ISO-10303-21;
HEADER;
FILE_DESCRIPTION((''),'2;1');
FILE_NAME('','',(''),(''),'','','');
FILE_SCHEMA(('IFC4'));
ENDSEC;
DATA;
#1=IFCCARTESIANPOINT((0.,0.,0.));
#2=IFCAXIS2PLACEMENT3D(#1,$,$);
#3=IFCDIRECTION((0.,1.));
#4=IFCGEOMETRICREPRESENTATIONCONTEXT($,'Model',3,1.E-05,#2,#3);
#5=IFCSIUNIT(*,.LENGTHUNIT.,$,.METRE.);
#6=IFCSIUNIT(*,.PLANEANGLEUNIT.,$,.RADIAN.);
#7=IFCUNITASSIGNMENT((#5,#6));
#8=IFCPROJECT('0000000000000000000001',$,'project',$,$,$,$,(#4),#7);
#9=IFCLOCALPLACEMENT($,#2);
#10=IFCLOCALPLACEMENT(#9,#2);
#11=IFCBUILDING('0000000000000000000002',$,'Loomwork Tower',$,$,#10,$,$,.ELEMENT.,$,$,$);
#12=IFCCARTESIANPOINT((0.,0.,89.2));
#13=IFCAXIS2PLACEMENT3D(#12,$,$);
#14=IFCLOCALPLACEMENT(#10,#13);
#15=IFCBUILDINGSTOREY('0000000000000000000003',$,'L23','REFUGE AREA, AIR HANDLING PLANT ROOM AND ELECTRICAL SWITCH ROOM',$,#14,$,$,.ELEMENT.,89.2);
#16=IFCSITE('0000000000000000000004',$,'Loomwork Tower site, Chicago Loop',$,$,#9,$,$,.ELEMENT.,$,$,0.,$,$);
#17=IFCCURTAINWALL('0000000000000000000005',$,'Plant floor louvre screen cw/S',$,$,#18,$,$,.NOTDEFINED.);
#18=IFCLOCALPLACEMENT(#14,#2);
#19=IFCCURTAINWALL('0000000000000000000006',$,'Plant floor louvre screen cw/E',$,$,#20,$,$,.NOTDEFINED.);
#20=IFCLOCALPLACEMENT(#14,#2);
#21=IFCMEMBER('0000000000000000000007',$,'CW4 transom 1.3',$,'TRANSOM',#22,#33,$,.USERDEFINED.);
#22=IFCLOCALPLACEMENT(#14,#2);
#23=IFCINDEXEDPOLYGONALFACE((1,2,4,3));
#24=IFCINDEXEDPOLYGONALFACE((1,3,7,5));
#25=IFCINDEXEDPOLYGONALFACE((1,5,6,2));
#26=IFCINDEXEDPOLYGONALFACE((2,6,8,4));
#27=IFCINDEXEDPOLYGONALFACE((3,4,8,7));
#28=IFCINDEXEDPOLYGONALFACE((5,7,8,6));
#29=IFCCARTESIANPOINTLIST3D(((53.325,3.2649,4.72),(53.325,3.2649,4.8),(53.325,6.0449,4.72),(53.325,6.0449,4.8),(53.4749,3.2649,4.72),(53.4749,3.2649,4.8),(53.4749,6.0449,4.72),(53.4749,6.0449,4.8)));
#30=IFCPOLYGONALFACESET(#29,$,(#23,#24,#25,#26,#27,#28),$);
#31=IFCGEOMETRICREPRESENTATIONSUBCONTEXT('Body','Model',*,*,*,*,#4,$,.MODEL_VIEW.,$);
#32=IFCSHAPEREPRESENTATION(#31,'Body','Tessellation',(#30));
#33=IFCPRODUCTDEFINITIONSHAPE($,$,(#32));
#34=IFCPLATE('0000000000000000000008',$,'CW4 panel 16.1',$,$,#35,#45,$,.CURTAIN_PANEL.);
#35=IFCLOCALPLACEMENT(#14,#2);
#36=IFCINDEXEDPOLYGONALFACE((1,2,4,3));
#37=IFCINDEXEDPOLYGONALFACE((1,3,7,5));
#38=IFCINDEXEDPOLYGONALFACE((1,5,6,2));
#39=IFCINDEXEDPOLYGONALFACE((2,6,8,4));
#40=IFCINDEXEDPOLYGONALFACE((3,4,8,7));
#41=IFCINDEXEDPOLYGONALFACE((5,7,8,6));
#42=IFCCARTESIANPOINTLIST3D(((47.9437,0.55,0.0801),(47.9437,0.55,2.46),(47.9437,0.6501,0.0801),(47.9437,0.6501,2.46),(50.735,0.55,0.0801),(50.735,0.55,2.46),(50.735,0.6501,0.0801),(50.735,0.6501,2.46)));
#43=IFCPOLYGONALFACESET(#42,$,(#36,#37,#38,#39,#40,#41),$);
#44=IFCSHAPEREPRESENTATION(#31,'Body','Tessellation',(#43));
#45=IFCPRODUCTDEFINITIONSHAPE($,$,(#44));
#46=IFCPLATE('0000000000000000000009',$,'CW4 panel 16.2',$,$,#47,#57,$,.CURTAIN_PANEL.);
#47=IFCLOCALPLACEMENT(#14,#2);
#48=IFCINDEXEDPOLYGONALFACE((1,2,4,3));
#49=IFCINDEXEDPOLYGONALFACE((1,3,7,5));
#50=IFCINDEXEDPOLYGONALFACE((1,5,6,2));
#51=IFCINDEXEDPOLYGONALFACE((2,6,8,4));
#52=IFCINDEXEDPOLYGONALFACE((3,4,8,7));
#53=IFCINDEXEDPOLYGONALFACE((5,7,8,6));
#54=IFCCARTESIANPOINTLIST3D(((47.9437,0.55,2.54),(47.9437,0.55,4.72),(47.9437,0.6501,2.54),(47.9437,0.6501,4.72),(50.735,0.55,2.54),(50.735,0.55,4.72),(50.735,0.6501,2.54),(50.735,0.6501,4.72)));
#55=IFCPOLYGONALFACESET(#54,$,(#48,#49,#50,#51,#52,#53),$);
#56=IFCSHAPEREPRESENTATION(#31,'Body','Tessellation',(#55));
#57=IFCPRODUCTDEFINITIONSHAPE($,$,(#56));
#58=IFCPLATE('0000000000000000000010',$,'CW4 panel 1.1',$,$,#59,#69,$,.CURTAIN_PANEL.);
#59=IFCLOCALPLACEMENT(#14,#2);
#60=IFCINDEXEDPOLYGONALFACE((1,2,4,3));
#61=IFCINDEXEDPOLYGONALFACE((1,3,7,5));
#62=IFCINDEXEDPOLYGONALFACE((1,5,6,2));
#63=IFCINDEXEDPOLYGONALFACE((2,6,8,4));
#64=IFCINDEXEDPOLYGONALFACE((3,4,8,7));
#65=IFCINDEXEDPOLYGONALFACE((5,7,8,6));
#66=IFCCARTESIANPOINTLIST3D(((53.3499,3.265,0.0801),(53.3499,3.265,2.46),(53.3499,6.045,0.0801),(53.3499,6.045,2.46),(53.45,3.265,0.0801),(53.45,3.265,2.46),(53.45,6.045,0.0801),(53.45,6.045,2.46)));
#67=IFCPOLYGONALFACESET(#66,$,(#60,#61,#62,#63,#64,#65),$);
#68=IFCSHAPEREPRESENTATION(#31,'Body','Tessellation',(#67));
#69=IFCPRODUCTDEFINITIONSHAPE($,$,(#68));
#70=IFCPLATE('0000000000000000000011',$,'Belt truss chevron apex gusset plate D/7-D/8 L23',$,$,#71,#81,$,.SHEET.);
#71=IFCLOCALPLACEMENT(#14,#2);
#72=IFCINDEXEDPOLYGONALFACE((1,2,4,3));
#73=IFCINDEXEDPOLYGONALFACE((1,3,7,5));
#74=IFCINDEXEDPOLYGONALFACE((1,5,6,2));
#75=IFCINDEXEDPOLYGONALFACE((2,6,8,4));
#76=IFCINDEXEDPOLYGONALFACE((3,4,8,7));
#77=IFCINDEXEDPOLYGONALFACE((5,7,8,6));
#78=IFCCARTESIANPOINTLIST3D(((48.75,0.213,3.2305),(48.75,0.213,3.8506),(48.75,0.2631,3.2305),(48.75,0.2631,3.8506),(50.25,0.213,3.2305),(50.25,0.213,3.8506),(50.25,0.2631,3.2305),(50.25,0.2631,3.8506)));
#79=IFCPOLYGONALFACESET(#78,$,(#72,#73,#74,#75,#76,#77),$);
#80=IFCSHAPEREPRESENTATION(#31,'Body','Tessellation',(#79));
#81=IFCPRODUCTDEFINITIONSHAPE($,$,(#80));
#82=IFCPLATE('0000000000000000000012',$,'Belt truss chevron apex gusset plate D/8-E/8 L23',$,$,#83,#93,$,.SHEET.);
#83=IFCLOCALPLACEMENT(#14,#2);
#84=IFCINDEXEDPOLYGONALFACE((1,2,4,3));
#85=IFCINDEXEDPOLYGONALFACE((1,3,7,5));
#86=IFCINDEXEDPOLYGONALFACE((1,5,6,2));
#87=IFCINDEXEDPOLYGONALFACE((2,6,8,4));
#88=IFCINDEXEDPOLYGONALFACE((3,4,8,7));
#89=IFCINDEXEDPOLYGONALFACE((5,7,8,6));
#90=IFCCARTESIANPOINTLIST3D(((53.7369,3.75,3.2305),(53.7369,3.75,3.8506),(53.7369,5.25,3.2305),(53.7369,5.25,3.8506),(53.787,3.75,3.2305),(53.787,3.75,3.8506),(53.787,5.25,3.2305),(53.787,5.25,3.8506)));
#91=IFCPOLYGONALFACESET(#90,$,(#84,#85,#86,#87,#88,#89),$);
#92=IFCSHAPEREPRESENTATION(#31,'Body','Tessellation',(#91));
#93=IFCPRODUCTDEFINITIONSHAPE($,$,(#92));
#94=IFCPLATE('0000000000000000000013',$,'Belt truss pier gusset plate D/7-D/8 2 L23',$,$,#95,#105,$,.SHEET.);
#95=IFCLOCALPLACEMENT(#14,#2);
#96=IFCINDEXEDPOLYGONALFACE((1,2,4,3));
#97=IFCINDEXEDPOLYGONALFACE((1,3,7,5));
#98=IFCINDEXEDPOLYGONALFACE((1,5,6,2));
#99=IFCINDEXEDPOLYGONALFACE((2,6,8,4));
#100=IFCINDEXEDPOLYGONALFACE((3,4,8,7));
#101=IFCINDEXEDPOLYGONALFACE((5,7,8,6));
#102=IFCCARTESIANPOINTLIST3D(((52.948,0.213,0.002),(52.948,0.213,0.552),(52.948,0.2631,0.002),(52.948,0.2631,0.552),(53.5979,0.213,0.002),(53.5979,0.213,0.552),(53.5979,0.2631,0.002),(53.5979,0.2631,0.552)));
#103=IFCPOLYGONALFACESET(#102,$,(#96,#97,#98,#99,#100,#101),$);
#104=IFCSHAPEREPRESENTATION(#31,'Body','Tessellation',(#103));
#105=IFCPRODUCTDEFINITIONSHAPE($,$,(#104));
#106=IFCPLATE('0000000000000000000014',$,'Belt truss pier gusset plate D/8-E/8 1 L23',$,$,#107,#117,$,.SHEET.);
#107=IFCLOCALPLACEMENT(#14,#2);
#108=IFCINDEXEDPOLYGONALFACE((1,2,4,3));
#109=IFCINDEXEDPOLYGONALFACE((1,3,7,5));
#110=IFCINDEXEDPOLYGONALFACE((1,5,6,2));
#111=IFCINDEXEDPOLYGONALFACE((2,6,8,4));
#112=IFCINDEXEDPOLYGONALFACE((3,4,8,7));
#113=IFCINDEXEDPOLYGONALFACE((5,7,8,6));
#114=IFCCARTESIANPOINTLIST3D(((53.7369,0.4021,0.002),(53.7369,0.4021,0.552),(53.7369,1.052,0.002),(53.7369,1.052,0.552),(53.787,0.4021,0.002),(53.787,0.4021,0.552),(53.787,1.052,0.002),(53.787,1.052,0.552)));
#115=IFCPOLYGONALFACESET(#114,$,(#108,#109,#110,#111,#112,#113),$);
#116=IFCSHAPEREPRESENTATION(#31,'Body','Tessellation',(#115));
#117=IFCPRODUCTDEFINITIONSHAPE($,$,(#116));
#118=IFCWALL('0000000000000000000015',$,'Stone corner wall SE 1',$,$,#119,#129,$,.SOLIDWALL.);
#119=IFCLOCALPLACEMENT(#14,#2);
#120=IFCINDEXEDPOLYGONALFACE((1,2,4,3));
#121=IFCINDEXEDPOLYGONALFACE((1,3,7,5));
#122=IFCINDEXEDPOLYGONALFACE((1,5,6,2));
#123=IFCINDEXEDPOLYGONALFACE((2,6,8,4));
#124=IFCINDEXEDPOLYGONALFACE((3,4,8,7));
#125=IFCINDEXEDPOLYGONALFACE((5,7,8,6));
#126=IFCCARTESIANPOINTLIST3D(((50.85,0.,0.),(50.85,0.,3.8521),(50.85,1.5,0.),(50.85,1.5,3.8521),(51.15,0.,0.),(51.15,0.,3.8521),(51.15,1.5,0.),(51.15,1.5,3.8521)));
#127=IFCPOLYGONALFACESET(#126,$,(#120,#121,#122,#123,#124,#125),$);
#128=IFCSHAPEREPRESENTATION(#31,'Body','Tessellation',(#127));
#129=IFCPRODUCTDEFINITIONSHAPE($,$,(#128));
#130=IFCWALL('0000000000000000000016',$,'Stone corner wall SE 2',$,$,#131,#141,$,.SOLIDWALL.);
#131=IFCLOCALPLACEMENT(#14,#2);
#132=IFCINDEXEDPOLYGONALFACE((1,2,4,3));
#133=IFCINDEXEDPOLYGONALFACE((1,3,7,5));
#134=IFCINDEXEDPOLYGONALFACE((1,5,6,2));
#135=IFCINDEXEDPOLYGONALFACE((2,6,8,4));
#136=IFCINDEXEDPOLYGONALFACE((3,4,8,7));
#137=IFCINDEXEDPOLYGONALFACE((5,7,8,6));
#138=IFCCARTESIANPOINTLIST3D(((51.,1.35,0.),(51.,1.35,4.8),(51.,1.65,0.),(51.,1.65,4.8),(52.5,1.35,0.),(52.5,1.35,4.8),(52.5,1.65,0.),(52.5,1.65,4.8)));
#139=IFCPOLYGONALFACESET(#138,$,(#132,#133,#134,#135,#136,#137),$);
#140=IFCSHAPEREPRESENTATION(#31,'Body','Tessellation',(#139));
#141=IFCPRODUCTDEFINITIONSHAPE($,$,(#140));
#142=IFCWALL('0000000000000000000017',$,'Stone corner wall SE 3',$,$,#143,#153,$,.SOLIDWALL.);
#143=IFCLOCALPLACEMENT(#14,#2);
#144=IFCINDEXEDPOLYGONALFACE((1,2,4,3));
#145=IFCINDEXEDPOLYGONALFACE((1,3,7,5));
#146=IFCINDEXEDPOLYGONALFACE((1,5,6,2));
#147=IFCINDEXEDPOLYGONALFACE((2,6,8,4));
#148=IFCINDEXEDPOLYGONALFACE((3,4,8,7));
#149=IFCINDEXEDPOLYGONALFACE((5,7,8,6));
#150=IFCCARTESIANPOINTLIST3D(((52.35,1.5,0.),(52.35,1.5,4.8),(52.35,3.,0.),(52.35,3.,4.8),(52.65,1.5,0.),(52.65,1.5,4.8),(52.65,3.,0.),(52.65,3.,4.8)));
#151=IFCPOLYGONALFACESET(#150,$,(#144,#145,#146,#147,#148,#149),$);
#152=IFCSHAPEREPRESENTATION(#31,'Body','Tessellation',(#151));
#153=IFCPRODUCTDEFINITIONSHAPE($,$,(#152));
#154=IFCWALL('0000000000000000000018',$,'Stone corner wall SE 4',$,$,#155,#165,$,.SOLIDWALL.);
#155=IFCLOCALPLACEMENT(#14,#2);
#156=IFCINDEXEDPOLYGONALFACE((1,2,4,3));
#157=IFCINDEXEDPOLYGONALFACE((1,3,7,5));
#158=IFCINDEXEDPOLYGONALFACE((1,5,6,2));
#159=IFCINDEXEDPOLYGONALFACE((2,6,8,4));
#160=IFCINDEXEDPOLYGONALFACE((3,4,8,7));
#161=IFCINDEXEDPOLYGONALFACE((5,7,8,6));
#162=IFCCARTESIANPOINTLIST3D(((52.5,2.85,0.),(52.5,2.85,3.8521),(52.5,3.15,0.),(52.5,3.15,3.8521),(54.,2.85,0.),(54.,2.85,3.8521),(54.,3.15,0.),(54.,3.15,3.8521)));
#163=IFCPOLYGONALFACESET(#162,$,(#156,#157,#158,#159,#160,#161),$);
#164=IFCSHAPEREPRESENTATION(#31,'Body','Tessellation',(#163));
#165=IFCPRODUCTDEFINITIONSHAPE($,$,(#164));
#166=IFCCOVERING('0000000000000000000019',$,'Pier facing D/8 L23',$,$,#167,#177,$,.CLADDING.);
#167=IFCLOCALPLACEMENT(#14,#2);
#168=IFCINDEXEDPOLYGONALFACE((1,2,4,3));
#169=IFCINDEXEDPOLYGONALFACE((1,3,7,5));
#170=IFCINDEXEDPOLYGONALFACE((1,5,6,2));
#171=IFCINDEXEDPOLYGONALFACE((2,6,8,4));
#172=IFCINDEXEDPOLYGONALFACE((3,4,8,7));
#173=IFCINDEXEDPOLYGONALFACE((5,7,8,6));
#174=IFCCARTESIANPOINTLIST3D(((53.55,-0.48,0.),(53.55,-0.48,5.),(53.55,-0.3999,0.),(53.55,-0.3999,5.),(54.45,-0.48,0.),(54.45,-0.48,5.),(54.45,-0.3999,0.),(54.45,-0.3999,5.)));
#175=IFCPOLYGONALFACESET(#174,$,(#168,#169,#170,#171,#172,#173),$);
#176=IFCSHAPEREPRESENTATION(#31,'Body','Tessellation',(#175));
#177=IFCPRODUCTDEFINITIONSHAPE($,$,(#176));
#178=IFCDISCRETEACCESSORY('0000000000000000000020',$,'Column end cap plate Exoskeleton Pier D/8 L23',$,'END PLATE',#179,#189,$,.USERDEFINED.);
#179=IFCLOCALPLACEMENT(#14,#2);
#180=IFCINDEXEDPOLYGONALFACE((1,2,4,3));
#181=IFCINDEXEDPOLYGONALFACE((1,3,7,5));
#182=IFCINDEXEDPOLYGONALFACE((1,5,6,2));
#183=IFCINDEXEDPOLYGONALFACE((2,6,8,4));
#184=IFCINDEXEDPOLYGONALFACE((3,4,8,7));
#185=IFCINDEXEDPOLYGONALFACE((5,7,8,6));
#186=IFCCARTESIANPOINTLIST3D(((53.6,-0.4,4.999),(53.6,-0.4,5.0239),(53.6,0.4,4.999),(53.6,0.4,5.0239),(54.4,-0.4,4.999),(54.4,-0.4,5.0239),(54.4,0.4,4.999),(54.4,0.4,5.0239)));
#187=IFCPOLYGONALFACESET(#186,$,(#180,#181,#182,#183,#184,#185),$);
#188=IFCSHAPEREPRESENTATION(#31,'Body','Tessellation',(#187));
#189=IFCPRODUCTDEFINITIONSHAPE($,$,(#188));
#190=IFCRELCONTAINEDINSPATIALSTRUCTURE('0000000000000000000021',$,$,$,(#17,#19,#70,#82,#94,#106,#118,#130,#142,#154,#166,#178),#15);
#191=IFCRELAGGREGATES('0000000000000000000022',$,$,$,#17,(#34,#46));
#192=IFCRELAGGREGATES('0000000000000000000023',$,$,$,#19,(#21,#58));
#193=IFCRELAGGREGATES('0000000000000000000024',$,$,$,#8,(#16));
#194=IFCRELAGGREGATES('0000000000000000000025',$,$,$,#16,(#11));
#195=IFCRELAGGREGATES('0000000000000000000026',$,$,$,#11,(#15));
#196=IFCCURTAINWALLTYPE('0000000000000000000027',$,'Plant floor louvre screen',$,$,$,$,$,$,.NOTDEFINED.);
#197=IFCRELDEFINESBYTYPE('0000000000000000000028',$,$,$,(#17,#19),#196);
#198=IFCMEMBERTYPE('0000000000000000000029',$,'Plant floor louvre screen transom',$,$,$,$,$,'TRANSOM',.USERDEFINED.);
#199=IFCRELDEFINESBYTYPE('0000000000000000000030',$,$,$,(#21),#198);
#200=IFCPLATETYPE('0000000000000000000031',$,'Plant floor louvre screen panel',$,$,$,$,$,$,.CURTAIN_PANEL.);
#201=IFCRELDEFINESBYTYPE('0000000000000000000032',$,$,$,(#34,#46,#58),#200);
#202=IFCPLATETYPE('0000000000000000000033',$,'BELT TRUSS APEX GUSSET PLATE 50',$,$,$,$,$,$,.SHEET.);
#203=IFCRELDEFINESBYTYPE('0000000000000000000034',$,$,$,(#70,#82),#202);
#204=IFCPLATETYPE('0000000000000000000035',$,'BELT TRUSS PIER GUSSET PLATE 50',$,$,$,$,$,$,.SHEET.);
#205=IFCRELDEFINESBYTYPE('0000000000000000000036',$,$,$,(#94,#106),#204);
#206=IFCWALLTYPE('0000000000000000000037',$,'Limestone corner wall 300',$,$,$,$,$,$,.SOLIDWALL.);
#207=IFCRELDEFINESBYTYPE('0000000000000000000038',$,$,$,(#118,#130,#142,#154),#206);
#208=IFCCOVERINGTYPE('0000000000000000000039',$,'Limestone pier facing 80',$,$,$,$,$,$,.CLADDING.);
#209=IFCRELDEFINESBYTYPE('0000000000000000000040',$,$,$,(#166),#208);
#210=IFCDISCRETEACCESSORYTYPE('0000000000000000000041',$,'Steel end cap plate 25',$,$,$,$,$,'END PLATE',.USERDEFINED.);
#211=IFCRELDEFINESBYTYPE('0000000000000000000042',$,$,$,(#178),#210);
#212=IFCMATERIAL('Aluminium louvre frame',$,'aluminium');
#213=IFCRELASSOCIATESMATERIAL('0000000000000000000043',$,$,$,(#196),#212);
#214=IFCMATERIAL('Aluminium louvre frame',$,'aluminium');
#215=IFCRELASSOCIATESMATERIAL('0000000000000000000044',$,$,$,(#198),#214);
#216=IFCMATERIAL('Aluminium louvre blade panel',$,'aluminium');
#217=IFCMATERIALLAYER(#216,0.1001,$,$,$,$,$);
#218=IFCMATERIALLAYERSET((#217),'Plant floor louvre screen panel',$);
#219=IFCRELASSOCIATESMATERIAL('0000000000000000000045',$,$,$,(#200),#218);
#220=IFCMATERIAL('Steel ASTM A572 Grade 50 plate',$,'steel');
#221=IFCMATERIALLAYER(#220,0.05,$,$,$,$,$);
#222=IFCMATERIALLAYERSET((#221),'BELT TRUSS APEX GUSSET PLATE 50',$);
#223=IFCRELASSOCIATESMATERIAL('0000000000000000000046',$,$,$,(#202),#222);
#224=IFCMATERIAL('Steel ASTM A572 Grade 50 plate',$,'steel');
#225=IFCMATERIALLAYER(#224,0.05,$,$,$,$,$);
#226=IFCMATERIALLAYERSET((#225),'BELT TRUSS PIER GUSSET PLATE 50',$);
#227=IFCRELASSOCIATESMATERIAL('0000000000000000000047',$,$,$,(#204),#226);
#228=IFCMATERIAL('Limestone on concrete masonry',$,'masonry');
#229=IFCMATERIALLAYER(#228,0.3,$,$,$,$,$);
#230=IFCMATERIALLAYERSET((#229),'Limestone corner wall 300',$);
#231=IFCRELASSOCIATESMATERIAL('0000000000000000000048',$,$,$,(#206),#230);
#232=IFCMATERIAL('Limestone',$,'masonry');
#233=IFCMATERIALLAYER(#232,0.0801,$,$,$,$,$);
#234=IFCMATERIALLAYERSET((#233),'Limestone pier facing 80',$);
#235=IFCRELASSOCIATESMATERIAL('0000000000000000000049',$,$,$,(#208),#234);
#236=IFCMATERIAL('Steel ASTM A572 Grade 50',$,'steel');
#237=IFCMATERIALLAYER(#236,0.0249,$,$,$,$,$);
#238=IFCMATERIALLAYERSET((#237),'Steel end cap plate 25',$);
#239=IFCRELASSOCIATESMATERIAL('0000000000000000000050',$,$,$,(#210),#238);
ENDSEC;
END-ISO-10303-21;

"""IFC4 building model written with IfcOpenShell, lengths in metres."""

from ifc_helpers import new_model, si_unit, direction, frame, frame_2d, origin, origin_2d, place, context, subcontext, project, spatial, rectangle, extrude, material, layer, layer_set, material_profile, profile_set, type_object, element, aggregate, save


model = new_model("IFC4")

# Units and contexts
model_context = context("Model", 3, precision=1e-05, world=origin(), true_north=direction((0.0, 1.0)))
body_context = subcontext(model_context, "Body", "Model", "MODEL_VIEW")
ifc_project = project(units=[si_unit("LENGTHUNIT", "METRE"), si_unit("PLANEANGLEUNIT", "RADIAN")], contexts=[model_context])

# Site, building, storey
site_placement = place(None, origin())
site = spatial("IfcSite", under=ifc_project, at=site_placement, Name="Loomwork Tower site, Chicago Loop", CompositionType="ELEMENT", RefElevation=0.0)
building_placement = place(site_placement, origin())
building = spatial("IfcBuilding", under=site, at=building_placement, Name="Loomwork Tower", CompositionType="ELEMENT")
storey_placement = place(building_placement, frame((0.0, 0.0, 89.2)))
storey = spatial("IfcBuildingStorey", under=building, at=storey_placement, Name="L23", Description="REFUGE AREA, AIR HANDLING PLANT ROOM AND ELECTRICAL SWITCH ROOM", CompositionType="ELEMENT", Elevation=89.2)

# Curtain walls
ifc_material_1 = material(Name="Aluminium louvre frame", Category="aluminium")
curtain_wall_type = type_object("IfcCurtainWallType", Name="Plant floor louvre screen", PredefinedType="NOTDEFINED", material=ifc_material_1)
curtain_wall_1_placement = place(storey_placement, origin())
curtain_wall_1 = element("IfcCurtainWall", 1, at=curtain_wall_1_placement, inside=storey, type_object=curtain_wall_type, Name="Plant floor louvre screen cw/S", PredefinedType="NOTDEFINED")
curtain_wall_2_placement = place(storey_placement, origin())
curtain_wall_2 = element("IfcCurtainWall", 2, at=curtain_wall_2_placement, inside=storey, type_object=curtain_wall_type, Name="Plant floor louvre screen cw/E", PredefinedType="NOTDEFINED")

# Member
ifc_material_2 = material(Name="Aluminium louvre frame", Category="aluminium")
ifc_material_profile_1 = material_profile(ifc_material_2, rectangle(XDim=0.1499, YDim=0.0801, at=origin_2d()), Name="AL 80x150")
ifc_profile_set_1 = profile_set([ifc_material_profile_1], Name="Aluminium louvre frame")
member_type_1 = type_object("IfcMemberType", Name="Plant floor louvre screen transom", ElementType="TRANSOM", PredefinedType="USERDEFINED", material=ifc_profile_set_1)
member_1_placement = place(storey_placement, frame((53.3999, 3.2649, 4.76), z_axis=(0.0, 1.0, 0.0), x_axis=(-1.0, 0.0, 0.0)))
member_1 = element("IfcMember", 3, at=member_1_placement, type_object=member_type_1, Name="CW4 transom 1.3", ObjectType="TRANSOM", PredefinedType="USERDEFINED", context=body_context, shape_type="SweptSolid", body=[
    extrude(rectangle(XDim=0.1499, YDim=0.0801, at=origin_2d()), origin(), (0.0, 0.0, 1.0), 2.78),
])

# Plates
ifc_material_3 = material(Name="Aluminium louvre blade panel", Category="aluminium")
ifc_layer_1 = layer(ifc_material_3, 0.1001)
ifc_layer_set_1 = layer_set([ifc_layer_1], Name="Plant floor louvre screen panel")
plate_type_1 = type_object("IfcPlateType", Name="Plant floor louvre screen panel", PredefinedType="CURTAIN_PANEL", material=ifc_layer_set_1)
plate_1_placement = place(storey_placement, frame((49.3394, 0.6001, 0.0801), z_axis=(0.0, 0.0, 1.0), x_axis=(1.0, 0.0, 0.0)))
plate_1 = element("IfcPlate", 4, at=plate_1_placement, type_object=plate_type_1, Name="CW4 panel 16.1", PredefinedType="CURTAIN_PANEL", context=body_context, shape_type="SweptSolid", body=[
    extrude(rectangle(XDim=2.7913, YDim=0.1001, at=origin_2d()), origin(), (0.0, 0.0, 1.0), 2.3799),
])
plate_2_placement = place(storey_placement, frame((49.3394, 0.6001, 2.54), z_axis=(0.0, 0.0, 1.0), x_axis=(1.0, 0.0, 0.0)))
plate_2 = element("IfcPlate", 5, at=plate_2_placement, type_object=plate_type_1, Name="CW4 panel 16.2", PredefinedType="CURTAIN_PANEL", context=body_context, shape_type="SweptSolid", body=[
    extrude(rectangle(XDim=2.7913, YDim=0.1001, at=origin_2d()), origin(), (0.0, 0.0, 1.0), 2.1799),
])
aggregate(curtain_wall_1, [plate_1, plate_2])
plate_3_placement = place(storey_placement, frame((53.3999, 4.655, 0.0801), z_axis=(0.0, 0.0, 1.0), x_axis=(0.0, 1.0, 0.0)))
plate_3 = element("IfcPlate", 6, at=plate_3_placement, type_object=plate_type_1, Name="CW4 panel 1.1", PredefinedType="CURTAIN_PANEL", context=body_context, shape_type="SweptSolid", body=[
    extrude(rectangle(XDim=2.78, YDim=0.1001, at=origin_2d()), origin(), (0.0, 0.0, 1.0), 2.3799),
])
aggregate(curtain_wall_2, [member_1, plate_3])

# Plates
ifc_material_4 = material(Name="Steel ASTM A572 Grade 50 plate", Category="steel")
ifc_layer_2 = layer(ifc_material_4, 0.05)
ifc_layer_set_2 = layer_set([ifc_layer_2], Name="BELT TRUSS APEX GUSSET PLATE 50")
plate_type_2 = type_object("IfcPlateType", Name="BELT TRUSS APEX GUSSET PLATE 50", PredefinedType="SHEET", material=ifc_layer_set_2)
for number, where, z_axis, x_axis, name in (
    (7, (49.5, 0.238, 3.2305), (0.0, 0.0, 1.0), (1.0, 0.0, 0.0), "Belt truss chevron apex gusset plate D/7-D/8 L23"),
    (8, (53.762, 4.5, 3.2305), (0.0, 0.0, 1.0), (0.0, 1.0, 0.0), "Belt truss chevron apex gusset plate D/8-E/8 L23"),
):
    element("IfcPlate", number, at=place(storey_placement, frame(where, z_axis=z_axis, x_axis=x_axis)), inside=storey, type_object=plate_type_2, Name=name, PredefinedType="SHEET", context=body_context, shape_type="SweptSolid", body=[
        extrude(rectangle(XDim=1.5, YDim=0.05, at=origin_2d()), origin(), (0.0, 0.0, 1.0), 0.6201),
    ])
ifc_material_5 = material(Name="Steel ASTM A572 Grade 50 plate", Category="steel")
ifc_layer_3 = layer(ifc_material_5, 0.05)
ifc_layer_set_3 = layer_set([ifc_layer_3], Name="BELT TRUSS PIER GUSSET PLATE 50")
plate_type_3 = type_object("IfcPlateType", Name="BELT TRUSS PIER GUSSET PLATE 50", PredefinedType="SHEET", material=ifc_layer_set_3)
for number, where, z_axis, x_axis, name in (
    (9, (53.2729, 0.238, 0.002), (0.0, 0.0, 1.0), (1.0, 0.0, 0.0), "Belt truss pier gusset plate D/7-D/8 2 L23"),
    (10, (53.762, 0.7271, 0.002), (0.0, 0.0, 1.0), (0.0, 1.0, 0.0), "Belt truss pier gusset plate D/8-E/8 1 L23"),
):
    element("IfcPlate", number, at=place(storey_placement, frame(where, z_axis=z_axis, x_axis=x_axis)), inside=storey, type_object=plate_type_3, Name=name, PredefinedType="SHEET", context=body_context, shape_type="SweptSolid", body=[
        extrude(rectangle(XDim=0.6499, YDim=0.05, at=origin_2d()), origin(), (0.0, 0.0, 1.0), 0.55),
    ])

# Walls
ifc_material_6 = material(Name="Limestone on concrete masonry", Category="masonry")
ifc_layer_4 = layer(ifc_material_6, 0.3)
ifc_layer_set_4 = layer_set([ifc_layer_4], Name="Limestone corner wall 300")
wall_type = type_object("IfcWallType", Name="Limestone corner wall 300", PredefinedType="SOLIDWALL", material=ifc_layer_set_4)
wall_1_placement = place(storey_placement, frame((51.0, 0.0, 0.0), z_axis=(0.0, 0.0, 1.0), x_axis=(0.0, 1.0, 0.0)))
element("IfcWall", 11, at=wall_1_placement, inside=storey, type_object=wall_type, Name="Stone corner wall SE 1", PredefinedType="SOLIDWALL", context=body_context, shape_type="SweptSolid", body=[
    extrude(rectangle(XDim=1.5, YDim=0.3, at=frame_2d((0.75, 0.0))), origin(), (0.0, 0.0, 1.0), 3.8521),
])
for number, where, z_axis, x_axis, name in (
    (12, (51.0, 1.5, 0.0), (0.0, 0.0, 1.0), (1.0, 0.0, 0.0), "Stone corner wall SE 2"),
    (13, (52.5, 1.5, 0.0), (0.0, 0.0, 1.0), (0.0, 1.0, 0.0), "Stone corner wall SE 3"),
):
    element("IfcWall", number, at=place(storey_placement, frame(where, z_axis=z_axis, x_axis=x_axis)), inside=storey, type_object=wall_type, Name=name, PredefinedType="SOLIDWALL", context=body_context, shape_type="SweptSolid", body=[
        extrude(rectangle(XDim=1.5, YDim=0.3, at=frame_2d((0.75, 0.0))), origin(), (0.0, 0.0, 1.0), 4.8),
    ])
wall_2_placement = place(storey_placement, frame((52.5, 3.0, 0.0), z_axis=(0.0, 0.0, 1.0), x_axis=(1.0, 0.0, 0.0)))
element("IfcWall", 14, at=wall_2_placement, inside=storey, type_object=wall_type, Name="Stone corner wall SE 4", PredefinedType="SOLIDWALL", context=body_context, shape_type="SweptSolid", body=[
    extrude(rectangle(XDim=1.5, YDim=0.3, at=frame_2d((0.75, 0.0))), origin(), (0.0, 0.0, 1.0), 3.8521),
])

# Covering
ifc_material_7 = material(Name="Limestone", Category="masonry")
ifc_layer_5 = layer(ifc_material_7, 0.0801)
ifc_layer_set_5 = layer_set([ifc_layer_5], Name="Limestone pier facing 80")
covering_type = type_object("IfcCoveringType", Name="Limestone pier facing 80", PredefinedType="CLADDING", material=ifc_layer_set_5)
covering_placement = place(storey_placement, frame((54.0, -0.4399, 0.0), z_axis=(0.0, 0.0, 1.0), x_axis=(1.0, 0.0, 0.0)))
element("IfcCovering", 15, at=covering_placement, inside=storey, type_object=covering_type, Name="Pier facing D/8 L23", PredefinedType="CLADDING", context=body_context, shape_type="SweptSolid", body=[
    extrude(rectangle(XDim=0.8999, YDim=0.0801, at=origin_2d()), origin(), (0.0, 0.0, 1.0), 5.0),
])

# Discrete accessory
ifc_material_8 = material(Name="Steel ASTM A572 Grade 50", Category="steel")
ifc_layer_6 = layer(ifc_material_8, 0.0249)
ifc_layer_set_6 = layer_set([ifc_layer_6], Name="Steel end cap plate 25")
discrete_accessory_type = type_object("IfcDiscreteAccessoryType", Name="Steel end cap plate 25", ElementType="END PLATE", PredefinedType="USERDEFINED", material=ifc_layer_set_6)
discrete_accessory_placement = place(storey_placement, frame((54.0, 0.0, 4.999), z_axis=(0.0, 0.0, 1.0), x_axis=(1.0, 0.0, 0.0)))
element("IfcDiscreteAccessory", 16, at=discrete_accessory_placement, inside=storey, type_object=discrete_accessory_type, Name="Column end cap plate Exoskeleton Pier D/8 L23", ObjectType="END PLATE", PredefinedType="USERDEFINED", context=body_context, shape_type="SweptSolid", body=[
    extrude(rectangle(XDim=0.8, YDim=0.8, at=origin_2d()), origin(), (0.0, 0.0, 1.0), 0.0249),
])

save(model, "model.ifc")
